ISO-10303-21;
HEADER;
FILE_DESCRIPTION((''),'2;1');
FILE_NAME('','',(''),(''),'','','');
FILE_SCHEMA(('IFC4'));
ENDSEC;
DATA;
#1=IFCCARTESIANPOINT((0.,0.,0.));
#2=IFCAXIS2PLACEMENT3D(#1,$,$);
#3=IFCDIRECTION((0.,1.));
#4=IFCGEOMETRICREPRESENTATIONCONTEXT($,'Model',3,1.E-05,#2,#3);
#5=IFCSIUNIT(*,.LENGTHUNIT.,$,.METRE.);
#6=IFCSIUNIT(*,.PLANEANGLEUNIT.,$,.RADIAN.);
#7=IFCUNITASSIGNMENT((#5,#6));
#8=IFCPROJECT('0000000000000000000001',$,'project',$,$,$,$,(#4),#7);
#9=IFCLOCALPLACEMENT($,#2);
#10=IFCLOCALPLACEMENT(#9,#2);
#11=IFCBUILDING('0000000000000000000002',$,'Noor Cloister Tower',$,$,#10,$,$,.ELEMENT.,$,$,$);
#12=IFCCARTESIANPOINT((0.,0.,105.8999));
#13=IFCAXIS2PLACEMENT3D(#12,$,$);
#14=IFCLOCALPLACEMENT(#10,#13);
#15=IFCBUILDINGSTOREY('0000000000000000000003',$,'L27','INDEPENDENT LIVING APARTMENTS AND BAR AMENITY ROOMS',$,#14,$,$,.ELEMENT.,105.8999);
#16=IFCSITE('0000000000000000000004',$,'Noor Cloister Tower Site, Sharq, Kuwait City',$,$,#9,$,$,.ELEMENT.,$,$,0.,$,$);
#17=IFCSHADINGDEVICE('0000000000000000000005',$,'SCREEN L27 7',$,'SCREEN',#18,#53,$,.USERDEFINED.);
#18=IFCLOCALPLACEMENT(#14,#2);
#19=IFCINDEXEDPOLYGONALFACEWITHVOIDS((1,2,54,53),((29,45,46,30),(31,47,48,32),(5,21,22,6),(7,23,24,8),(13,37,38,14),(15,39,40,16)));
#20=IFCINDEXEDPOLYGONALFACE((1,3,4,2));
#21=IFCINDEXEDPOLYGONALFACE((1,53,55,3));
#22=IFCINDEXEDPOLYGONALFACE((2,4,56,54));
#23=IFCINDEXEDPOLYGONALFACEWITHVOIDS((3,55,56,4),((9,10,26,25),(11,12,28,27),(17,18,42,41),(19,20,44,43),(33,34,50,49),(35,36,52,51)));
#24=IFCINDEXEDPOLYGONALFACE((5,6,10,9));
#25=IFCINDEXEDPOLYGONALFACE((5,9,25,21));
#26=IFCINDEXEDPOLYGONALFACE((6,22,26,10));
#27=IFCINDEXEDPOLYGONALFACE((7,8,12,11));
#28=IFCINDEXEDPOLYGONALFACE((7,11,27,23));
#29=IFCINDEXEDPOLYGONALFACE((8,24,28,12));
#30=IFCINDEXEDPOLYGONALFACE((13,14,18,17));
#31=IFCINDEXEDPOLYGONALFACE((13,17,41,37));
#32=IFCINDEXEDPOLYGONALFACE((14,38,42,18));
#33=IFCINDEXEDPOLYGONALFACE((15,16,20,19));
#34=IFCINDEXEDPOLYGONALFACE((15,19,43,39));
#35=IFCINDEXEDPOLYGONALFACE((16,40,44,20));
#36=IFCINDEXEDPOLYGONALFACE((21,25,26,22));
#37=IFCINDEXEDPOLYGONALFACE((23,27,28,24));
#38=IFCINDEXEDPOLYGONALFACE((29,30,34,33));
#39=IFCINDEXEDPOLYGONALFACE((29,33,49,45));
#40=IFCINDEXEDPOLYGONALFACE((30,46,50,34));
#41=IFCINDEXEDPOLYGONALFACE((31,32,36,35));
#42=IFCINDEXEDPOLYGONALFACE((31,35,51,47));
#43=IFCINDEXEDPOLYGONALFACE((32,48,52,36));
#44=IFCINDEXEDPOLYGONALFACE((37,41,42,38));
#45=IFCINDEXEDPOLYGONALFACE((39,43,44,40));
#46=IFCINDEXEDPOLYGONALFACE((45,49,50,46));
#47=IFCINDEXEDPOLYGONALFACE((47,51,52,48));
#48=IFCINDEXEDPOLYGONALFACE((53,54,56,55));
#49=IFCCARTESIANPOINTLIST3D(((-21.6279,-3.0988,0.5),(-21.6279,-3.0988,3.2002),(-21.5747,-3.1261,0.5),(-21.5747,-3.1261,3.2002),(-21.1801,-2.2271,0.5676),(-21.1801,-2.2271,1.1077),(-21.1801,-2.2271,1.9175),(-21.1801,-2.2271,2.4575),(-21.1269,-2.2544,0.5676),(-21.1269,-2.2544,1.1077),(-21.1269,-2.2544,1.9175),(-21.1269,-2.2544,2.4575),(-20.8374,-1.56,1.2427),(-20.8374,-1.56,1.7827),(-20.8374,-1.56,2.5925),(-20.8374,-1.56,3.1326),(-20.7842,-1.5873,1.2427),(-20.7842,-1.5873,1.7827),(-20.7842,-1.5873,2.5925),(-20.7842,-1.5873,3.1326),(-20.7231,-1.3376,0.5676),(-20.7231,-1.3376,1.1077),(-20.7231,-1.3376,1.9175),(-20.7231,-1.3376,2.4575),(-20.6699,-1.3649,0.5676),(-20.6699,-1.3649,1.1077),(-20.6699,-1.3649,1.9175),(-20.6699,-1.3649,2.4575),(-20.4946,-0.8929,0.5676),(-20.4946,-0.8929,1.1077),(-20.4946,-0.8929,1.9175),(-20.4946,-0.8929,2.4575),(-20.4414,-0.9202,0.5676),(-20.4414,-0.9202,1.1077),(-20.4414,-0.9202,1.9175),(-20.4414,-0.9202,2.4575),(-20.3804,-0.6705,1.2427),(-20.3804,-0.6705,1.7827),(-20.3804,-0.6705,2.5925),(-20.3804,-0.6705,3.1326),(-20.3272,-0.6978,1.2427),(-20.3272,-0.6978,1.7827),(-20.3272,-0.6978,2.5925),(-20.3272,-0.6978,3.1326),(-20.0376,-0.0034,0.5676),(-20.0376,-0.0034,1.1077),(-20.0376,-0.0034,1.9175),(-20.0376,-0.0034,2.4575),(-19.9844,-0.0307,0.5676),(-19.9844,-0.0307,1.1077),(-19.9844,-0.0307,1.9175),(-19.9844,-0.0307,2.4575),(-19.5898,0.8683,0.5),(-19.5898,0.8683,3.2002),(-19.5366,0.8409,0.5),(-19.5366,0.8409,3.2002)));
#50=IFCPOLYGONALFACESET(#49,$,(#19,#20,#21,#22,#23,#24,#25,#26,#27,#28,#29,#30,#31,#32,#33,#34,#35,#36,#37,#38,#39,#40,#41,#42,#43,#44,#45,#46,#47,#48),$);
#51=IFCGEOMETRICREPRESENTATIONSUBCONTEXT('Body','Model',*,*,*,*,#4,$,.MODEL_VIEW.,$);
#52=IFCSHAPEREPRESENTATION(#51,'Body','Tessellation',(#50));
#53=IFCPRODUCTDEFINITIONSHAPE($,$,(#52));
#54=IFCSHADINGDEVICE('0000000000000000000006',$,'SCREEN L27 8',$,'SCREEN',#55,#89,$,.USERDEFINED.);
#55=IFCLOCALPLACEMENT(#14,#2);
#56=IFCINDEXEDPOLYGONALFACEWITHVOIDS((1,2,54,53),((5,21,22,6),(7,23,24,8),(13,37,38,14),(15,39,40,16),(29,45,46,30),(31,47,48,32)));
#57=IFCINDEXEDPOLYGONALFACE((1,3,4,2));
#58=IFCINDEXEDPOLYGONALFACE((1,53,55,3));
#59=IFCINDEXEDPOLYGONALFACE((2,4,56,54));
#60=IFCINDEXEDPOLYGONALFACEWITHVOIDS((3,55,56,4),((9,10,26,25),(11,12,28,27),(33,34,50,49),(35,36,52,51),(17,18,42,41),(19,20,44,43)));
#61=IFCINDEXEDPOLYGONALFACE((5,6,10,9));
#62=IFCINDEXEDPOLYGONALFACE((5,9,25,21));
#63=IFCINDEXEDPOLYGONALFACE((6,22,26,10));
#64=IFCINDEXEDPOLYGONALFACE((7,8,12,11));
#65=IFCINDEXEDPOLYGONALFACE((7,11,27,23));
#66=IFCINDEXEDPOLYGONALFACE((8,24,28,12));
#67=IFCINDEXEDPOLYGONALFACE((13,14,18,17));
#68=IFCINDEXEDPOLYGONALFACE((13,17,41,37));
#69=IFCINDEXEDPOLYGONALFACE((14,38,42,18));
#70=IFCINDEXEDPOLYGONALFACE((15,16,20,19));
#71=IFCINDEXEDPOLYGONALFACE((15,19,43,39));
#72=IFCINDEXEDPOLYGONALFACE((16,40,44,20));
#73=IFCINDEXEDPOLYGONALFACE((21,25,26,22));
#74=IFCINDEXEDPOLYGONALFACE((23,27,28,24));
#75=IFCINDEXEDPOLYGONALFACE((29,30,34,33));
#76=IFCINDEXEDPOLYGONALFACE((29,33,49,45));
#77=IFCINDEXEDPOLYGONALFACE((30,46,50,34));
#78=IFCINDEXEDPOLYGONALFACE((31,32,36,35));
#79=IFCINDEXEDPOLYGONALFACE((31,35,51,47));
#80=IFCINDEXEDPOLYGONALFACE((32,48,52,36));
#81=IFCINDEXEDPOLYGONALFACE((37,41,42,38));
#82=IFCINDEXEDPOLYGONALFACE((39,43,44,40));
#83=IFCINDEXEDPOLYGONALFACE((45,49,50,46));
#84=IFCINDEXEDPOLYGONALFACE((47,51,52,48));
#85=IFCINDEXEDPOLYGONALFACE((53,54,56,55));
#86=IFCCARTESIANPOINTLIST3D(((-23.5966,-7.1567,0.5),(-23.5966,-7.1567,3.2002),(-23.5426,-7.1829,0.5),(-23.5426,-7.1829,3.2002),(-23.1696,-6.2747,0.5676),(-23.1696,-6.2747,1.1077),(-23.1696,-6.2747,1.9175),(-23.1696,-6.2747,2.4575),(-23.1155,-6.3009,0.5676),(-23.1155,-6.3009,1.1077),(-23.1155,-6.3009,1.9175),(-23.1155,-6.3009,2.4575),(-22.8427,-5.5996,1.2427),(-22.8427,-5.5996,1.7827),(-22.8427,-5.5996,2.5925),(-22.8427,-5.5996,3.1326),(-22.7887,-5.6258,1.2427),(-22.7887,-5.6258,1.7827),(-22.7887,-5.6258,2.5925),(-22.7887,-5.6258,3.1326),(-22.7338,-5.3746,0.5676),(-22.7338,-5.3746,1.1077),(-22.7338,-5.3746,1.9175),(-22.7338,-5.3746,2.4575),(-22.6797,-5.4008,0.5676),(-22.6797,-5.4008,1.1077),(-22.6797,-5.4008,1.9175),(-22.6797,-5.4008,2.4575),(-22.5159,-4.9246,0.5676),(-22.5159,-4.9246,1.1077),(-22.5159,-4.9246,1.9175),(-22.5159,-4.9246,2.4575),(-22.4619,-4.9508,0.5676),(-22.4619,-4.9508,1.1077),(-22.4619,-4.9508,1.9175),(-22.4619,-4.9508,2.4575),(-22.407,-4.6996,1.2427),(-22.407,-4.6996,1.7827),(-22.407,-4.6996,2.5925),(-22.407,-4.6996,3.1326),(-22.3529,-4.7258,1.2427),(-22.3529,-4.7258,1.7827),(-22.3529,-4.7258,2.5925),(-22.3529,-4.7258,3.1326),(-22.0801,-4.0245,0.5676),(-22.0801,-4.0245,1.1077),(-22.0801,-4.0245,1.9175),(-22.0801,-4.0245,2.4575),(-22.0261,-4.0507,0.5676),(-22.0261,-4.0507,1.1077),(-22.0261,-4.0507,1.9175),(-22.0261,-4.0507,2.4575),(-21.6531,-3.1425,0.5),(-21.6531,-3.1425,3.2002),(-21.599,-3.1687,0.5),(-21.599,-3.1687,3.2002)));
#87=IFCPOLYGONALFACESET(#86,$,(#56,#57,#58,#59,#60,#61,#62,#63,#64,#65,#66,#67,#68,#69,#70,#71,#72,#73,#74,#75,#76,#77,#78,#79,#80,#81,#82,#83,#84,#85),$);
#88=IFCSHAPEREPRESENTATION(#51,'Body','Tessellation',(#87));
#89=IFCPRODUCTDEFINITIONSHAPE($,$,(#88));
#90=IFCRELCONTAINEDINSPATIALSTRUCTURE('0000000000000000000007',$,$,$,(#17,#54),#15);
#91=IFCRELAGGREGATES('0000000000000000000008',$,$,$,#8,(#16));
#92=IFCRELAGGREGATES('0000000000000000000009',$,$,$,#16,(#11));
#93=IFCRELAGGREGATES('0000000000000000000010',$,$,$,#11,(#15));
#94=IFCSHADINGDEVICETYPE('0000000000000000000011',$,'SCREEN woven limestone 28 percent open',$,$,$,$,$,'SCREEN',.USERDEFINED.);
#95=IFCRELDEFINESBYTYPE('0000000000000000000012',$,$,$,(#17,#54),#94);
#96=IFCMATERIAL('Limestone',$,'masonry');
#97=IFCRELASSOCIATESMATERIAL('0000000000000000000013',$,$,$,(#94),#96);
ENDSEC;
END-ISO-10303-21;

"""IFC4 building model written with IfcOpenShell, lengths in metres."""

from ifc_helpers import new_model, si_unit, direction, frame, origin, place, context, subcontext, project, spatial, polyline, outline, extrude, material, material_profile, profile_set, type_object, element, save


model = new_model("IFC4")

# Units and contexts
model_context = context("Model", 3, precision=1e-05, world=origin(), true_north=direction((0.0, 1.0)))
body_context = subcontext(model_context, "Body", "Model", "MODEL_VIEW")
ifc_project = project(units=[si_unit("LENGTHUNIT", "METRE"), si_unit("PLANEANGLEUNIT", "RADIAN")], contexts=[model_context])

# Site, building, storey
site_placement = place(None, origin())
site = spatial("IfcSite", under=ifc_project, at=site_placement, Name="Noor Cloister Tower Site, Sharq, Kuwait City", CompositionType="ELEMENT", RefElevation=0.0)
building_placement = place(site_placement, origin())
building = spatial("IfcBuilding", under=site, at=building_placement, Name="Noor Cloister Tower", CompositionType="ELEMENT")
storey_placement = place(building_placement, frame((0.0, 0.0, 105.8999)))
storey = spatial("IfcBuildingStorey", under=building, at=storey_placement, Name="L27", Description="INDEPENDENT LIVING APARTMENTS AND BAR AMENITY ROOMS", CompositionType="ELEMENT", Elevation=105.8999)

# Shading devices
ifc_material_1 = material(Name="Limestone", Category="masonry")
ifc_material_profile_1 = material_profile(ifc_material_1, outline(polyline([(-2.23, -1.3501), (2.23, -1.3501), (2.23, 1.3501), (-2.23, 1.3501), (-2.23, -1.3501)]), holes=[polyline([(-1.25, -1.2825), (-0.25, -1.2825), (-0.25, -0.7424), (-1.25, -0.7424), (-1.25, -1.2825)]), polyline([(0.25, -1.2825), (1.25, -1.2825), (1.25, -0.7424), (0.25, -0.7424), (0.25, -1.2825)]), polyline([(-0.5, -0.6074), (0.5, -0.6074), (0.5, -0.0674), (-0.5, -0.0674), (-0.5, -0.6074)]), polyline([(-1.25, 0.0674), (-0.25, 0.0674), (-0.25, 0.6074), (-1.25, 0.6074), (-1.25, 0.0674)]), polyline([(0.25, 0.0674), (1.25, 0.0674), (1.25, 0.6074), (0.25, 0.6074), (0.25, 0.0674)]), polyline([(-0.5, 0.7424), (0.5, 0.7424), (0.5, 1.2825), (-0.5, 1.2825), (-0.5, 0.7424)])]), Name="Woven screen 28 percent open")
ifc_profile_set_1 = profile_set([ifc_material_profile_1], Name="Limestone")
shading_device_type = type_object("IfcShadingDeviceType", Name="SCREEN woven limestone 28 percent open", ElementType="SCREEN", PredefinedType="USERDEFINED", material=ifc_profile_set_1)
shading_device_1_placement = place(storey_placement, frame((-20.5557, -1.1426, 1.8501), z_axis=(-0.889477, 0.456979, 0.0), x_axis=(-0.456979, -0.889477, 0.0)))
element("IfcShadingDevice", 1, at=shading_device_1_placement, inside=storey, type_object=shading_device_type, Name="SCREEN L27 7", ObjectType="SCREEN", PredefinedType="USERDEFINED", context=body_context, shape_type="SweptSolid", body=[
    extrude(outline(polyline([(-2.23, -1.3501), (2.23, -1.3501), (2.23, 1.3501), (-2.23, 1.3501), (-2.23, -1.3501)]), holes=[polyline([(-1.25, -1.2825), (-0.25, -1.2825), (-0.25, -0.7424), (-1.25, -0.7424), (-1.25, -1.2825)]), polyline([(0.25, -1.2825), (1.25, -1.2825), (1.25, -0.7424), (0.25, -0.7424), (0.25, -1.2825)]), polyline([(-0.5, -0.6074), (0.5, -0.6074), (0.5, -0.0674), (-0.5, -0.0674), (-0.5, -0.6074)]), polyline([(-1.25, 0.0674), (-0.25, 0.0674), (-0.25, 0.6074), (-1.25, 0.6074), (-1.25, 0.0674)]), polyline([(0.25, 0.0674), (1.25, 0.0674), (1.25, 0.6074), (0.25, 0.6074), (0.25, 0.0674)]), polyline([(-0.5, 0.7424), (0.5, 0.7424), (0.5, 1.2825), (-0.5, 1.2825), (-0.5, 0.7424)])]), origin(), (0.0, 0.0, 1.0), 0.0598),
])
shading_device_2_placement = place(storey_placement, frame((-22.5708, -5.1758, 1.8501), z_axis=(-0.900056, 0.435774, 0.0), x_axis=(-0.435774, -0.900056, 0.0)))
element("IfcShadingDevice", 2, at=shading_device_2_placement, inside=storey, type_object=shading_device_type, Name="SCREEN L27 8", ObjectType="SCREEN", PredefinedType="USERDEFINED", context=body_context, shape_type="SweptSolid", body=[
    extrude(outline(polyline([(-2.23, -1.3501), (2.23, -1.3501), (2.23, 1.3501), (-2.23, 1.3501), (-2.23, -1.3501)]), holes=[polyline([(-1.25, -1.2825), (-0.25, -1.2825), (-0.25, -0.7424), (-1.25, -0.7424), (-1.25, -1.2825)]), polyline([(0.25, -1.2825), (1.25, -1.2825), (1.25, -0.7424), (0.25, -0.7424), (0.25, -1.2825)]), polyline([(-0.5, -0.6074), (0.5, -0.6074), (0.5, -0.0674), (-0.5, -0.0674), (-0.5, -0.6074)]), polyline([(-1.25, 0.0674), (-0.25, 0.0674), (-0.25, 0.6074), (-1.25, 0.6074), (-1.25, 0.0674)]), polyline([(0.25, 0.0674), (1.25, 0.0674), (1.25, 0.6074), (0.25, 0.6074), (0.25, 0.0674)]), polyline([(-0.5, 0.7424), (0.5, 0.7424), (0.5, 1.2825), (-0.5, 1.2825), (-0.5, 0.7424)])]), origin(), (0.0, 0.0, 1.0), 0.0601),
])

save(model, "model.ifc")
